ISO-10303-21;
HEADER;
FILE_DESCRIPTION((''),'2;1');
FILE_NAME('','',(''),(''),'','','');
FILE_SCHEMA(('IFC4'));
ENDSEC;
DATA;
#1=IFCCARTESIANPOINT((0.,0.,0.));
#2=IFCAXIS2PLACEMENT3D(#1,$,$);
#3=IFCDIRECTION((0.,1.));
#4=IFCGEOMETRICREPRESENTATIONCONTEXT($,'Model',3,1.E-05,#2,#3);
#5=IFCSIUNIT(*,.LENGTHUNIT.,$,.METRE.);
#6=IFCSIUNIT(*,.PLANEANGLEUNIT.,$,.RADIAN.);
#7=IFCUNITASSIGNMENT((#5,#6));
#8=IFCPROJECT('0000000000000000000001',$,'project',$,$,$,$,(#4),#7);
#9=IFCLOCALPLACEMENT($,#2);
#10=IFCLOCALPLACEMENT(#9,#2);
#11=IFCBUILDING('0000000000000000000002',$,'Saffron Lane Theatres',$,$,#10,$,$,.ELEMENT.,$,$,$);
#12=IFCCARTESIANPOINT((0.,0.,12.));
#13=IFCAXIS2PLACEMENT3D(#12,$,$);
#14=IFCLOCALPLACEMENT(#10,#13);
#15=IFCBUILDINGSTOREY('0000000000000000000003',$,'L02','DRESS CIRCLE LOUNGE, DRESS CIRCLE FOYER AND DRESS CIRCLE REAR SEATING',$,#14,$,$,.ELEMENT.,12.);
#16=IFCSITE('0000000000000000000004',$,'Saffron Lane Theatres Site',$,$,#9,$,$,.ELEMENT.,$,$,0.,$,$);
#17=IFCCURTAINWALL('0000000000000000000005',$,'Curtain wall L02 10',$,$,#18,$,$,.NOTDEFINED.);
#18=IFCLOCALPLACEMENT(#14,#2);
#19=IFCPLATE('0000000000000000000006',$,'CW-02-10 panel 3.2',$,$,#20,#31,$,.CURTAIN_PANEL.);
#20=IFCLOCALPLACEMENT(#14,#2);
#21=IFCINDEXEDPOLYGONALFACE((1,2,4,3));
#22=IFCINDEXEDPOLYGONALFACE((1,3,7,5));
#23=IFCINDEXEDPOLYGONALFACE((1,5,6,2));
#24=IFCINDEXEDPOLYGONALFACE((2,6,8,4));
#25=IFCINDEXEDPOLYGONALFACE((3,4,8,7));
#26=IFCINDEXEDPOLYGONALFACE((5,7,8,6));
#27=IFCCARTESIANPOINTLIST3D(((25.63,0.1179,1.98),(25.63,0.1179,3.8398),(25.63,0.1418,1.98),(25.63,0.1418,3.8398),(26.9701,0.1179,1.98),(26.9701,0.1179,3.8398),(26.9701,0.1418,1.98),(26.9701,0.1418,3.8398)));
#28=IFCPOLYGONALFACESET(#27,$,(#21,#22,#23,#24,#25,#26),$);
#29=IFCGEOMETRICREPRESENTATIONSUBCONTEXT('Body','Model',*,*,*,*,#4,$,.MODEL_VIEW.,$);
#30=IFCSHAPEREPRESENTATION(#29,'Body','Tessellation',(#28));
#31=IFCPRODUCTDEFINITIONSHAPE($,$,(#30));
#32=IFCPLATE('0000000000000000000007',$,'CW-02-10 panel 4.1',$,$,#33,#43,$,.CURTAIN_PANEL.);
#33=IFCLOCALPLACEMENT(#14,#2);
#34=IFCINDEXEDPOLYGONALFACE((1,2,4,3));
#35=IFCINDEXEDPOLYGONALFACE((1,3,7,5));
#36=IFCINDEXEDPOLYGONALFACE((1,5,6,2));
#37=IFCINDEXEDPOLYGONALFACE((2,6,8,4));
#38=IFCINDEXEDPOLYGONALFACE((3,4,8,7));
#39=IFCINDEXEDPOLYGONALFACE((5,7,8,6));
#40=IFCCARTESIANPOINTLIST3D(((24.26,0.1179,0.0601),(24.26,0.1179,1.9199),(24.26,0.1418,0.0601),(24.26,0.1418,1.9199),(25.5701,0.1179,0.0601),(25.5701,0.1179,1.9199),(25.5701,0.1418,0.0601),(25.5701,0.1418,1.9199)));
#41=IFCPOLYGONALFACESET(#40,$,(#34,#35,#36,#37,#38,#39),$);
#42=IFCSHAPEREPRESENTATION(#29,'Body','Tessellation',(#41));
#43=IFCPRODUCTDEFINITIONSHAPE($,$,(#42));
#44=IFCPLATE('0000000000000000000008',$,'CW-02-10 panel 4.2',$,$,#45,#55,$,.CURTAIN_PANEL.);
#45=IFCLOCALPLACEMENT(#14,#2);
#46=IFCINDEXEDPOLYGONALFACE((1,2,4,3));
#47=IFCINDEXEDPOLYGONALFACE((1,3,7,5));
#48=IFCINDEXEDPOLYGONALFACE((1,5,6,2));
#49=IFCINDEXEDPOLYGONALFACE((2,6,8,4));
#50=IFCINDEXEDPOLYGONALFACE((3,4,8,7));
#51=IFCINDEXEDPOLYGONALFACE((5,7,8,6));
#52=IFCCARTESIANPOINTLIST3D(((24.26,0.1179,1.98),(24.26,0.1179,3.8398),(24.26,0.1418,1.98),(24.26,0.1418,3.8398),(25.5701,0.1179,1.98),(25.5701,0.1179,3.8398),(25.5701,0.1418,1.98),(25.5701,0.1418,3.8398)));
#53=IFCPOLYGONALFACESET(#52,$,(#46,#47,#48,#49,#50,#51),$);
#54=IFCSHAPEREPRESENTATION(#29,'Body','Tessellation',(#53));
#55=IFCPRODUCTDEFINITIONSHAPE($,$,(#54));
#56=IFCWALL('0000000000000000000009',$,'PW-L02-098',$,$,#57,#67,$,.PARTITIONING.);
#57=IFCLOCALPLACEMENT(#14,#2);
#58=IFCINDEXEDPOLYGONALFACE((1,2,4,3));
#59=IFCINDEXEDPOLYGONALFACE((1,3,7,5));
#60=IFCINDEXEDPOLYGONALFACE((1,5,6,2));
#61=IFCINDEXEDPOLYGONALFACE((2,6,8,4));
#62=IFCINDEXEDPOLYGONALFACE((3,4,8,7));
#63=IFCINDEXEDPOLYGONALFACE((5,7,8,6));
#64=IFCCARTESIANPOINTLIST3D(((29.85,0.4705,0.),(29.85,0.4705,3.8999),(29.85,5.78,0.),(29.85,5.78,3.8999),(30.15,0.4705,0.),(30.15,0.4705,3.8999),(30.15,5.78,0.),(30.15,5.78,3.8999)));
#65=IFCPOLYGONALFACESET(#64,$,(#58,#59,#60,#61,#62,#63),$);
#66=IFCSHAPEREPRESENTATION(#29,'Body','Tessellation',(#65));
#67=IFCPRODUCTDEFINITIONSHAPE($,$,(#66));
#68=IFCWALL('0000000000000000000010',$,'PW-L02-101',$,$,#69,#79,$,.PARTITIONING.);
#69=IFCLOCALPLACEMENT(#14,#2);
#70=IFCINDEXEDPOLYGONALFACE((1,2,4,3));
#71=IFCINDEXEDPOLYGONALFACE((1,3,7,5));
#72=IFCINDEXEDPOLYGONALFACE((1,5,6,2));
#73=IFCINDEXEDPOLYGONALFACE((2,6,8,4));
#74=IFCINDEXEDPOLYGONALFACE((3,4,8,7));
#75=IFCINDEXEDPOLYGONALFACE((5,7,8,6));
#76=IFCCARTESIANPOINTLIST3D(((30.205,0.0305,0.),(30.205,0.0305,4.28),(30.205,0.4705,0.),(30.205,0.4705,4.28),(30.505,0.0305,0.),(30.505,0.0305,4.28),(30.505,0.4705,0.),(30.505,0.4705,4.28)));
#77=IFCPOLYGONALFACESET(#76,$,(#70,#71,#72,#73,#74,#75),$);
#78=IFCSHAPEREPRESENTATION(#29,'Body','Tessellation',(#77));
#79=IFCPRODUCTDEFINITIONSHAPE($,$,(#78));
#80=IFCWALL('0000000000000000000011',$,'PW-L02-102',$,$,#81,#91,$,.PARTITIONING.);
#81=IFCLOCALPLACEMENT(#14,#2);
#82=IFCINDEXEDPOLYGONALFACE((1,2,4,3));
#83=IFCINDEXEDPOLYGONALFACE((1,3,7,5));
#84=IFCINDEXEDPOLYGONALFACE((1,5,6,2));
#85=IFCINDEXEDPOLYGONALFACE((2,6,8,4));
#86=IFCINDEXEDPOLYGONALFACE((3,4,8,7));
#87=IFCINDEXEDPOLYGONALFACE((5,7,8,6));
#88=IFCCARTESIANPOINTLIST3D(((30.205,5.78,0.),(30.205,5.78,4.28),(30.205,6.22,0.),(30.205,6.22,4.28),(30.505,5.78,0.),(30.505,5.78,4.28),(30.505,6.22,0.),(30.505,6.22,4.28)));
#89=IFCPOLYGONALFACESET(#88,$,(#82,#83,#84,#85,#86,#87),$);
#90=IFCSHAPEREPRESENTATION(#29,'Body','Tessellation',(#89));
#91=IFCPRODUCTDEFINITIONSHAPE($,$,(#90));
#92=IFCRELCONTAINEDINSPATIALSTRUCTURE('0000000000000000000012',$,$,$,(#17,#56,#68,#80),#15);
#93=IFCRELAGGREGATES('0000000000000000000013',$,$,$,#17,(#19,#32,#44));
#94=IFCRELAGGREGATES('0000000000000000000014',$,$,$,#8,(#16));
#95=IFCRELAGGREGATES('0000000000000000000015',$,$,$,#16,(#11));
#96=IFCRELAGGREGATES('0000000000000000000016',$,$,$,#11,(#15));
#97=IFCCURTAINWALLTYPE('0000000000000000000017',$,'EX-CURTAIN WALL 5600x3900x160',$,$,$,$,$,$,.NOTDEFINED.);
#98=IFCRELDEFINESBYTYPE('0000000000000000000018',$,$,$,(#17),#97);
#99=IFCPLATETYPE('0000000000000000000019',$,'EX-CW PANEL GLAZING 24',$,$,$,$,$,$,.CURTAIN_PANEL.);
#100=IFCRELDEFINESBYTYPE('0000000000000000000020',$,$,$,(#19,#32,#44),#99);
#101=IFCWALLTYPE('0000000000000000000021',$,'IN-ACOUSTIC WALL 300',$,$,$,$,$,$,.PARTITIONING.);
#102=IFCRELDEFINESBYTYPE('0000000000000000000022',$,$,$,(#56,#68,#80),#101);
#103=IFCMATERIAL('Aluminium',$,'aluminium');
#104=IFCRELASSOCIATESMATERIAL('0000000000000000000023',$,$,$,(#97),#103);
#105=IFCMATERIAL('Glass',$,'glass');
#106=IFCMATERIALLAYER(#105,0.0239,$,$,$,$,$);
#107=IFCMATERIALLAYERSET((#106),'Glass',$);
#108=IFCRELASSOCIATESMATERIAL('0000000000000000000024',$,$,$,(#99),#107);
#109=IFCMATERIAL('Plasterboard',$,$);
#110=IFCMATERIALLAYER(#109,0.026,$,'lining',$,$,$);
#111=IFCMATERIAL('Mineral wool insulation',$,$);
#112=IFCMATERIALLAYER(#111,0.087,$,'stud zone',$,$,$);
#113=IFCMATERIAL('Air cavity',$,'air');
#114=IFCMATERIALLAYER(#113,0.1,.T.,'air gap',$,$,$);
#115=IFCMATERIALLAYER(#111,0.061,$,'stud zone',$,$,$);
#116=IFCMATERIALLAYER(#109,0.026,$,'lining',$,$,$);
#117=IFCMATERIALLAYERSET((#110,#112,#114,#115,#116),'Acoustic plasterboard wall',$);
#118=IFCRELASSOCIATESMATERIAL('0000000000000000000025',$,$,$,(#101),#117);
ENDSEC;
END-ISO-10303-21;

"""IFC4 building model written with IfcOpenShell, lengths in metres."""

from ifc_helpers import new_model, si_unit, direction, frame, frame_2d, origin, origin_2d, place, context, subcontext, project, spatial, rectangle, extrude, material, layer, layer_set, type_object, element, aggregate, save


model = new_model("IFC4")

# Units and contexts
model_context = context("Model", 3, precision=1e-05, world=origin(), true_north=direction((0.0, 1.0)))
body_context = subcontext(model_context, "Body", "Model", "MODEL_VIEW")
ifc_project = project(units=[si_unit("LENGTHUNIT", "METRE"), si_unit("PLANEANGLEUNIT", "RADIAN")], contexts=[model_context])

# Site, building, storey
site_placement = place(None, origin())
site = spatial("IfcSite", under=ifc_project, at=site_placement, Name="Saffron Lane Theatres Site", CompositionType="ELEMENT", RefElevation=0.0)
building_placement = place(site_placement, origin())
building = spatial("IfcBuilding", under=site, at=building_placement, Name="Saffron Lane Theatres", CompositionType="ELEMENT")
storey_placement = place(building_placement, frame((0.0, 0.0, 12.0)))
storey = spatial("IfcBuildingStorey", under=building, at=storey_placement, Name="L02", Description="DRESS CIRCLE LOUNGE, DRESS CIRCLE FOYER AND DRESS CIRCLE REAR SEATING", CompositionType="ELEMENT", Elevation=12.0)

# Curtain wall
ifc_material_1 = material(Name="Aluminium", Category="aluminium")
curtain_wall_type_1 = type_object("IfcCurtainWallType", Name="EX-CURTAIN WALL 5600x3900x160", PredefinedType="NOTDEFINED", material=ifc_material_1)
curtain_wall_1_placement = place(storey_placement, origin())
curtain_wall_1 = element("IfcCurtainWall", 1, at=curtain_wall_1_placement, inside=storey, type_object=curtain_wall_type_1, Name="Curtain wall L02 10", PredefinedType="NOTDEFINED")

# Plates
ifc_material_2 = material(Name="Glass", Category="glass")
ifc_layer_1 = layer(ifc_material_2, 0.0239)
ifc_layer_set_1 = layer_set([ifc_layer_1], Name="Glass")
plate_type = type_object("IfcPlateType", Name="EX-CW PANEL GLAZING 24", PredefinedType="CURTAIN_PANEL", material=ifc_layer_set_1)
plate_1_placement = place(storey_placement, frame((26.3, 0.1299, 1.98), z_axis=(0.0, 0.0, 1.0), x_axis=(-1.0, 0.0, 0.0)))
plate_1 = element("IfcPlate", 2, at=plate_1_placement, type_object=plate_type, Name="CW-02-10 panel 3.2", PredefinedType="CURTAIN_PANEL", context=body_context, shape_type="SweptSolid", body=[
    extrude(rectangle(XDim=1.3401, YDim=0.0239, at=origin_2d()), origin(), (0.0, 0.0, 1.0), 1.8599),
])
plate_2_placement = place(storey_placement, frame((24.915, 0.1299, 0.0601), z_axis=(0.0, 0.0, 1.0), x_axis=(-1.0, 0.0, 0.0)))
plate_2 = element("IfcPlate", 3, at=plate_2_placement, type_object=plate_type, Name="CW-02-10 panel 4.1", PredefinedType="CURTAIN_PANEL", context=body_context, shape_type="SweptSolid", body=[
    extrude(rectangle(XDim=1.3101, YDim=0.0239, at=origin_2d()), origin(), (0.0, 0.0, 1.0), 1.8599),
])
plate_3_placement = place(storey_placement, frame((24.915, 0.1299, 1.98), z_axis=(0.0, 0.0, 1.0), x_axis=(-1.0, 0.0, 0.0)))
plate_3 = element("IfcPlate", 4, at=plate_3_placement, type_object=plate_type, Name="CW-02-10 panel 4.2", PredefinedType="CURTAIN_PANEL", context=body_context, shape_type="SweptSolid", body=[
    extrude(rectangle(XDim=1.3101, YDim=0.0239, at=origin_2d()), origin(), (0.0, 0.0, 1.0), 1.8599),
])
aggregate(curtain_wall_1, [plate_1, plate_2, plate_3])

# Walls
ifc_material_3 = material(Name="Plasterboard")
ifc_layer_2 = layer(ifc_material_3, 0.026, Name="lining")
ifc_material_4 = material(Name="Mineral wool insulation")
ifc_layer_3 = layer(ifc_material_4, 0.087, Name="stud zone")
ifc_material_5 = material(Name="Air cavity", Category="air")
ifc_layer_4 = layer(ifc_material_5, 0.1, ventilated=True, Name="air gap")
ifc_layer_5 = layer(ifc_material_4, 0.061, Name="stud zone")
ifc_layer_6 = layer(ifc_material_3, 0.026, Name="lining")
ifc_layer_set_2 = layer_set([ifc_layer_2, ifc_layer_3, ifc_layer_4, ifc_layer_5, ifc_layer_6], Name="Acoustic plasterboard wall")
wall_type = type_object("IfcWallType", Name="IN-ACOUSTIC WALL 300", PredefinedType="PARTITIONING", material=ifc_layer_set_2)
wall_placement = place(storey_placement, frame((30.0, 0.4705, 0.0), z_axis=(0.0, 0.0, 1.0), x_axis=(0.0, 1.0, 0.0)))
element("IfcWall", 5, at=wall_placement, inside=storey, type_object=wall_type, Name="PW-L02-098", PredefinedType="PARTITIONING", context=body_context, shape_type="SweptSolid", body=[
    extrude(rectangle(XDim=5.3096, YDim=0.3, at=frame_2d((2.6548, 0.0))), origin(), (0.0, 0.0, 1.0), 3.8999),
])
for number, where, z_axis, x_axis, name in (
    (6, (30.355, 0.0305, 0.0), (0.0, 0.0, 1.0), (0.0, 1.0, 0.0), "PW-L02-101"),
    (7, (30.355, 5.78, 0.0), (0.0, 0.0, 1.0), (0.0, 1.0, 0.0), "PW-L02-102"),
):
    element("IfcWall", number, at=place(storey_placement, frame(where, z_axis=z_axis, x_axis=x_axis)), inside=storey, type_object=wall_type, Name=name, PredefinedType="PARTITIONING", context=body_context, shape_type="SweptSolid", body=[
        extrude(rectangle(XDim=0.4399, YDim=0.3, at=frame_2d((0.22, 0.0))), origin(), (0.0, 0.0, 1.0), 4.28),
    ])

save(model, "model.ifc")
